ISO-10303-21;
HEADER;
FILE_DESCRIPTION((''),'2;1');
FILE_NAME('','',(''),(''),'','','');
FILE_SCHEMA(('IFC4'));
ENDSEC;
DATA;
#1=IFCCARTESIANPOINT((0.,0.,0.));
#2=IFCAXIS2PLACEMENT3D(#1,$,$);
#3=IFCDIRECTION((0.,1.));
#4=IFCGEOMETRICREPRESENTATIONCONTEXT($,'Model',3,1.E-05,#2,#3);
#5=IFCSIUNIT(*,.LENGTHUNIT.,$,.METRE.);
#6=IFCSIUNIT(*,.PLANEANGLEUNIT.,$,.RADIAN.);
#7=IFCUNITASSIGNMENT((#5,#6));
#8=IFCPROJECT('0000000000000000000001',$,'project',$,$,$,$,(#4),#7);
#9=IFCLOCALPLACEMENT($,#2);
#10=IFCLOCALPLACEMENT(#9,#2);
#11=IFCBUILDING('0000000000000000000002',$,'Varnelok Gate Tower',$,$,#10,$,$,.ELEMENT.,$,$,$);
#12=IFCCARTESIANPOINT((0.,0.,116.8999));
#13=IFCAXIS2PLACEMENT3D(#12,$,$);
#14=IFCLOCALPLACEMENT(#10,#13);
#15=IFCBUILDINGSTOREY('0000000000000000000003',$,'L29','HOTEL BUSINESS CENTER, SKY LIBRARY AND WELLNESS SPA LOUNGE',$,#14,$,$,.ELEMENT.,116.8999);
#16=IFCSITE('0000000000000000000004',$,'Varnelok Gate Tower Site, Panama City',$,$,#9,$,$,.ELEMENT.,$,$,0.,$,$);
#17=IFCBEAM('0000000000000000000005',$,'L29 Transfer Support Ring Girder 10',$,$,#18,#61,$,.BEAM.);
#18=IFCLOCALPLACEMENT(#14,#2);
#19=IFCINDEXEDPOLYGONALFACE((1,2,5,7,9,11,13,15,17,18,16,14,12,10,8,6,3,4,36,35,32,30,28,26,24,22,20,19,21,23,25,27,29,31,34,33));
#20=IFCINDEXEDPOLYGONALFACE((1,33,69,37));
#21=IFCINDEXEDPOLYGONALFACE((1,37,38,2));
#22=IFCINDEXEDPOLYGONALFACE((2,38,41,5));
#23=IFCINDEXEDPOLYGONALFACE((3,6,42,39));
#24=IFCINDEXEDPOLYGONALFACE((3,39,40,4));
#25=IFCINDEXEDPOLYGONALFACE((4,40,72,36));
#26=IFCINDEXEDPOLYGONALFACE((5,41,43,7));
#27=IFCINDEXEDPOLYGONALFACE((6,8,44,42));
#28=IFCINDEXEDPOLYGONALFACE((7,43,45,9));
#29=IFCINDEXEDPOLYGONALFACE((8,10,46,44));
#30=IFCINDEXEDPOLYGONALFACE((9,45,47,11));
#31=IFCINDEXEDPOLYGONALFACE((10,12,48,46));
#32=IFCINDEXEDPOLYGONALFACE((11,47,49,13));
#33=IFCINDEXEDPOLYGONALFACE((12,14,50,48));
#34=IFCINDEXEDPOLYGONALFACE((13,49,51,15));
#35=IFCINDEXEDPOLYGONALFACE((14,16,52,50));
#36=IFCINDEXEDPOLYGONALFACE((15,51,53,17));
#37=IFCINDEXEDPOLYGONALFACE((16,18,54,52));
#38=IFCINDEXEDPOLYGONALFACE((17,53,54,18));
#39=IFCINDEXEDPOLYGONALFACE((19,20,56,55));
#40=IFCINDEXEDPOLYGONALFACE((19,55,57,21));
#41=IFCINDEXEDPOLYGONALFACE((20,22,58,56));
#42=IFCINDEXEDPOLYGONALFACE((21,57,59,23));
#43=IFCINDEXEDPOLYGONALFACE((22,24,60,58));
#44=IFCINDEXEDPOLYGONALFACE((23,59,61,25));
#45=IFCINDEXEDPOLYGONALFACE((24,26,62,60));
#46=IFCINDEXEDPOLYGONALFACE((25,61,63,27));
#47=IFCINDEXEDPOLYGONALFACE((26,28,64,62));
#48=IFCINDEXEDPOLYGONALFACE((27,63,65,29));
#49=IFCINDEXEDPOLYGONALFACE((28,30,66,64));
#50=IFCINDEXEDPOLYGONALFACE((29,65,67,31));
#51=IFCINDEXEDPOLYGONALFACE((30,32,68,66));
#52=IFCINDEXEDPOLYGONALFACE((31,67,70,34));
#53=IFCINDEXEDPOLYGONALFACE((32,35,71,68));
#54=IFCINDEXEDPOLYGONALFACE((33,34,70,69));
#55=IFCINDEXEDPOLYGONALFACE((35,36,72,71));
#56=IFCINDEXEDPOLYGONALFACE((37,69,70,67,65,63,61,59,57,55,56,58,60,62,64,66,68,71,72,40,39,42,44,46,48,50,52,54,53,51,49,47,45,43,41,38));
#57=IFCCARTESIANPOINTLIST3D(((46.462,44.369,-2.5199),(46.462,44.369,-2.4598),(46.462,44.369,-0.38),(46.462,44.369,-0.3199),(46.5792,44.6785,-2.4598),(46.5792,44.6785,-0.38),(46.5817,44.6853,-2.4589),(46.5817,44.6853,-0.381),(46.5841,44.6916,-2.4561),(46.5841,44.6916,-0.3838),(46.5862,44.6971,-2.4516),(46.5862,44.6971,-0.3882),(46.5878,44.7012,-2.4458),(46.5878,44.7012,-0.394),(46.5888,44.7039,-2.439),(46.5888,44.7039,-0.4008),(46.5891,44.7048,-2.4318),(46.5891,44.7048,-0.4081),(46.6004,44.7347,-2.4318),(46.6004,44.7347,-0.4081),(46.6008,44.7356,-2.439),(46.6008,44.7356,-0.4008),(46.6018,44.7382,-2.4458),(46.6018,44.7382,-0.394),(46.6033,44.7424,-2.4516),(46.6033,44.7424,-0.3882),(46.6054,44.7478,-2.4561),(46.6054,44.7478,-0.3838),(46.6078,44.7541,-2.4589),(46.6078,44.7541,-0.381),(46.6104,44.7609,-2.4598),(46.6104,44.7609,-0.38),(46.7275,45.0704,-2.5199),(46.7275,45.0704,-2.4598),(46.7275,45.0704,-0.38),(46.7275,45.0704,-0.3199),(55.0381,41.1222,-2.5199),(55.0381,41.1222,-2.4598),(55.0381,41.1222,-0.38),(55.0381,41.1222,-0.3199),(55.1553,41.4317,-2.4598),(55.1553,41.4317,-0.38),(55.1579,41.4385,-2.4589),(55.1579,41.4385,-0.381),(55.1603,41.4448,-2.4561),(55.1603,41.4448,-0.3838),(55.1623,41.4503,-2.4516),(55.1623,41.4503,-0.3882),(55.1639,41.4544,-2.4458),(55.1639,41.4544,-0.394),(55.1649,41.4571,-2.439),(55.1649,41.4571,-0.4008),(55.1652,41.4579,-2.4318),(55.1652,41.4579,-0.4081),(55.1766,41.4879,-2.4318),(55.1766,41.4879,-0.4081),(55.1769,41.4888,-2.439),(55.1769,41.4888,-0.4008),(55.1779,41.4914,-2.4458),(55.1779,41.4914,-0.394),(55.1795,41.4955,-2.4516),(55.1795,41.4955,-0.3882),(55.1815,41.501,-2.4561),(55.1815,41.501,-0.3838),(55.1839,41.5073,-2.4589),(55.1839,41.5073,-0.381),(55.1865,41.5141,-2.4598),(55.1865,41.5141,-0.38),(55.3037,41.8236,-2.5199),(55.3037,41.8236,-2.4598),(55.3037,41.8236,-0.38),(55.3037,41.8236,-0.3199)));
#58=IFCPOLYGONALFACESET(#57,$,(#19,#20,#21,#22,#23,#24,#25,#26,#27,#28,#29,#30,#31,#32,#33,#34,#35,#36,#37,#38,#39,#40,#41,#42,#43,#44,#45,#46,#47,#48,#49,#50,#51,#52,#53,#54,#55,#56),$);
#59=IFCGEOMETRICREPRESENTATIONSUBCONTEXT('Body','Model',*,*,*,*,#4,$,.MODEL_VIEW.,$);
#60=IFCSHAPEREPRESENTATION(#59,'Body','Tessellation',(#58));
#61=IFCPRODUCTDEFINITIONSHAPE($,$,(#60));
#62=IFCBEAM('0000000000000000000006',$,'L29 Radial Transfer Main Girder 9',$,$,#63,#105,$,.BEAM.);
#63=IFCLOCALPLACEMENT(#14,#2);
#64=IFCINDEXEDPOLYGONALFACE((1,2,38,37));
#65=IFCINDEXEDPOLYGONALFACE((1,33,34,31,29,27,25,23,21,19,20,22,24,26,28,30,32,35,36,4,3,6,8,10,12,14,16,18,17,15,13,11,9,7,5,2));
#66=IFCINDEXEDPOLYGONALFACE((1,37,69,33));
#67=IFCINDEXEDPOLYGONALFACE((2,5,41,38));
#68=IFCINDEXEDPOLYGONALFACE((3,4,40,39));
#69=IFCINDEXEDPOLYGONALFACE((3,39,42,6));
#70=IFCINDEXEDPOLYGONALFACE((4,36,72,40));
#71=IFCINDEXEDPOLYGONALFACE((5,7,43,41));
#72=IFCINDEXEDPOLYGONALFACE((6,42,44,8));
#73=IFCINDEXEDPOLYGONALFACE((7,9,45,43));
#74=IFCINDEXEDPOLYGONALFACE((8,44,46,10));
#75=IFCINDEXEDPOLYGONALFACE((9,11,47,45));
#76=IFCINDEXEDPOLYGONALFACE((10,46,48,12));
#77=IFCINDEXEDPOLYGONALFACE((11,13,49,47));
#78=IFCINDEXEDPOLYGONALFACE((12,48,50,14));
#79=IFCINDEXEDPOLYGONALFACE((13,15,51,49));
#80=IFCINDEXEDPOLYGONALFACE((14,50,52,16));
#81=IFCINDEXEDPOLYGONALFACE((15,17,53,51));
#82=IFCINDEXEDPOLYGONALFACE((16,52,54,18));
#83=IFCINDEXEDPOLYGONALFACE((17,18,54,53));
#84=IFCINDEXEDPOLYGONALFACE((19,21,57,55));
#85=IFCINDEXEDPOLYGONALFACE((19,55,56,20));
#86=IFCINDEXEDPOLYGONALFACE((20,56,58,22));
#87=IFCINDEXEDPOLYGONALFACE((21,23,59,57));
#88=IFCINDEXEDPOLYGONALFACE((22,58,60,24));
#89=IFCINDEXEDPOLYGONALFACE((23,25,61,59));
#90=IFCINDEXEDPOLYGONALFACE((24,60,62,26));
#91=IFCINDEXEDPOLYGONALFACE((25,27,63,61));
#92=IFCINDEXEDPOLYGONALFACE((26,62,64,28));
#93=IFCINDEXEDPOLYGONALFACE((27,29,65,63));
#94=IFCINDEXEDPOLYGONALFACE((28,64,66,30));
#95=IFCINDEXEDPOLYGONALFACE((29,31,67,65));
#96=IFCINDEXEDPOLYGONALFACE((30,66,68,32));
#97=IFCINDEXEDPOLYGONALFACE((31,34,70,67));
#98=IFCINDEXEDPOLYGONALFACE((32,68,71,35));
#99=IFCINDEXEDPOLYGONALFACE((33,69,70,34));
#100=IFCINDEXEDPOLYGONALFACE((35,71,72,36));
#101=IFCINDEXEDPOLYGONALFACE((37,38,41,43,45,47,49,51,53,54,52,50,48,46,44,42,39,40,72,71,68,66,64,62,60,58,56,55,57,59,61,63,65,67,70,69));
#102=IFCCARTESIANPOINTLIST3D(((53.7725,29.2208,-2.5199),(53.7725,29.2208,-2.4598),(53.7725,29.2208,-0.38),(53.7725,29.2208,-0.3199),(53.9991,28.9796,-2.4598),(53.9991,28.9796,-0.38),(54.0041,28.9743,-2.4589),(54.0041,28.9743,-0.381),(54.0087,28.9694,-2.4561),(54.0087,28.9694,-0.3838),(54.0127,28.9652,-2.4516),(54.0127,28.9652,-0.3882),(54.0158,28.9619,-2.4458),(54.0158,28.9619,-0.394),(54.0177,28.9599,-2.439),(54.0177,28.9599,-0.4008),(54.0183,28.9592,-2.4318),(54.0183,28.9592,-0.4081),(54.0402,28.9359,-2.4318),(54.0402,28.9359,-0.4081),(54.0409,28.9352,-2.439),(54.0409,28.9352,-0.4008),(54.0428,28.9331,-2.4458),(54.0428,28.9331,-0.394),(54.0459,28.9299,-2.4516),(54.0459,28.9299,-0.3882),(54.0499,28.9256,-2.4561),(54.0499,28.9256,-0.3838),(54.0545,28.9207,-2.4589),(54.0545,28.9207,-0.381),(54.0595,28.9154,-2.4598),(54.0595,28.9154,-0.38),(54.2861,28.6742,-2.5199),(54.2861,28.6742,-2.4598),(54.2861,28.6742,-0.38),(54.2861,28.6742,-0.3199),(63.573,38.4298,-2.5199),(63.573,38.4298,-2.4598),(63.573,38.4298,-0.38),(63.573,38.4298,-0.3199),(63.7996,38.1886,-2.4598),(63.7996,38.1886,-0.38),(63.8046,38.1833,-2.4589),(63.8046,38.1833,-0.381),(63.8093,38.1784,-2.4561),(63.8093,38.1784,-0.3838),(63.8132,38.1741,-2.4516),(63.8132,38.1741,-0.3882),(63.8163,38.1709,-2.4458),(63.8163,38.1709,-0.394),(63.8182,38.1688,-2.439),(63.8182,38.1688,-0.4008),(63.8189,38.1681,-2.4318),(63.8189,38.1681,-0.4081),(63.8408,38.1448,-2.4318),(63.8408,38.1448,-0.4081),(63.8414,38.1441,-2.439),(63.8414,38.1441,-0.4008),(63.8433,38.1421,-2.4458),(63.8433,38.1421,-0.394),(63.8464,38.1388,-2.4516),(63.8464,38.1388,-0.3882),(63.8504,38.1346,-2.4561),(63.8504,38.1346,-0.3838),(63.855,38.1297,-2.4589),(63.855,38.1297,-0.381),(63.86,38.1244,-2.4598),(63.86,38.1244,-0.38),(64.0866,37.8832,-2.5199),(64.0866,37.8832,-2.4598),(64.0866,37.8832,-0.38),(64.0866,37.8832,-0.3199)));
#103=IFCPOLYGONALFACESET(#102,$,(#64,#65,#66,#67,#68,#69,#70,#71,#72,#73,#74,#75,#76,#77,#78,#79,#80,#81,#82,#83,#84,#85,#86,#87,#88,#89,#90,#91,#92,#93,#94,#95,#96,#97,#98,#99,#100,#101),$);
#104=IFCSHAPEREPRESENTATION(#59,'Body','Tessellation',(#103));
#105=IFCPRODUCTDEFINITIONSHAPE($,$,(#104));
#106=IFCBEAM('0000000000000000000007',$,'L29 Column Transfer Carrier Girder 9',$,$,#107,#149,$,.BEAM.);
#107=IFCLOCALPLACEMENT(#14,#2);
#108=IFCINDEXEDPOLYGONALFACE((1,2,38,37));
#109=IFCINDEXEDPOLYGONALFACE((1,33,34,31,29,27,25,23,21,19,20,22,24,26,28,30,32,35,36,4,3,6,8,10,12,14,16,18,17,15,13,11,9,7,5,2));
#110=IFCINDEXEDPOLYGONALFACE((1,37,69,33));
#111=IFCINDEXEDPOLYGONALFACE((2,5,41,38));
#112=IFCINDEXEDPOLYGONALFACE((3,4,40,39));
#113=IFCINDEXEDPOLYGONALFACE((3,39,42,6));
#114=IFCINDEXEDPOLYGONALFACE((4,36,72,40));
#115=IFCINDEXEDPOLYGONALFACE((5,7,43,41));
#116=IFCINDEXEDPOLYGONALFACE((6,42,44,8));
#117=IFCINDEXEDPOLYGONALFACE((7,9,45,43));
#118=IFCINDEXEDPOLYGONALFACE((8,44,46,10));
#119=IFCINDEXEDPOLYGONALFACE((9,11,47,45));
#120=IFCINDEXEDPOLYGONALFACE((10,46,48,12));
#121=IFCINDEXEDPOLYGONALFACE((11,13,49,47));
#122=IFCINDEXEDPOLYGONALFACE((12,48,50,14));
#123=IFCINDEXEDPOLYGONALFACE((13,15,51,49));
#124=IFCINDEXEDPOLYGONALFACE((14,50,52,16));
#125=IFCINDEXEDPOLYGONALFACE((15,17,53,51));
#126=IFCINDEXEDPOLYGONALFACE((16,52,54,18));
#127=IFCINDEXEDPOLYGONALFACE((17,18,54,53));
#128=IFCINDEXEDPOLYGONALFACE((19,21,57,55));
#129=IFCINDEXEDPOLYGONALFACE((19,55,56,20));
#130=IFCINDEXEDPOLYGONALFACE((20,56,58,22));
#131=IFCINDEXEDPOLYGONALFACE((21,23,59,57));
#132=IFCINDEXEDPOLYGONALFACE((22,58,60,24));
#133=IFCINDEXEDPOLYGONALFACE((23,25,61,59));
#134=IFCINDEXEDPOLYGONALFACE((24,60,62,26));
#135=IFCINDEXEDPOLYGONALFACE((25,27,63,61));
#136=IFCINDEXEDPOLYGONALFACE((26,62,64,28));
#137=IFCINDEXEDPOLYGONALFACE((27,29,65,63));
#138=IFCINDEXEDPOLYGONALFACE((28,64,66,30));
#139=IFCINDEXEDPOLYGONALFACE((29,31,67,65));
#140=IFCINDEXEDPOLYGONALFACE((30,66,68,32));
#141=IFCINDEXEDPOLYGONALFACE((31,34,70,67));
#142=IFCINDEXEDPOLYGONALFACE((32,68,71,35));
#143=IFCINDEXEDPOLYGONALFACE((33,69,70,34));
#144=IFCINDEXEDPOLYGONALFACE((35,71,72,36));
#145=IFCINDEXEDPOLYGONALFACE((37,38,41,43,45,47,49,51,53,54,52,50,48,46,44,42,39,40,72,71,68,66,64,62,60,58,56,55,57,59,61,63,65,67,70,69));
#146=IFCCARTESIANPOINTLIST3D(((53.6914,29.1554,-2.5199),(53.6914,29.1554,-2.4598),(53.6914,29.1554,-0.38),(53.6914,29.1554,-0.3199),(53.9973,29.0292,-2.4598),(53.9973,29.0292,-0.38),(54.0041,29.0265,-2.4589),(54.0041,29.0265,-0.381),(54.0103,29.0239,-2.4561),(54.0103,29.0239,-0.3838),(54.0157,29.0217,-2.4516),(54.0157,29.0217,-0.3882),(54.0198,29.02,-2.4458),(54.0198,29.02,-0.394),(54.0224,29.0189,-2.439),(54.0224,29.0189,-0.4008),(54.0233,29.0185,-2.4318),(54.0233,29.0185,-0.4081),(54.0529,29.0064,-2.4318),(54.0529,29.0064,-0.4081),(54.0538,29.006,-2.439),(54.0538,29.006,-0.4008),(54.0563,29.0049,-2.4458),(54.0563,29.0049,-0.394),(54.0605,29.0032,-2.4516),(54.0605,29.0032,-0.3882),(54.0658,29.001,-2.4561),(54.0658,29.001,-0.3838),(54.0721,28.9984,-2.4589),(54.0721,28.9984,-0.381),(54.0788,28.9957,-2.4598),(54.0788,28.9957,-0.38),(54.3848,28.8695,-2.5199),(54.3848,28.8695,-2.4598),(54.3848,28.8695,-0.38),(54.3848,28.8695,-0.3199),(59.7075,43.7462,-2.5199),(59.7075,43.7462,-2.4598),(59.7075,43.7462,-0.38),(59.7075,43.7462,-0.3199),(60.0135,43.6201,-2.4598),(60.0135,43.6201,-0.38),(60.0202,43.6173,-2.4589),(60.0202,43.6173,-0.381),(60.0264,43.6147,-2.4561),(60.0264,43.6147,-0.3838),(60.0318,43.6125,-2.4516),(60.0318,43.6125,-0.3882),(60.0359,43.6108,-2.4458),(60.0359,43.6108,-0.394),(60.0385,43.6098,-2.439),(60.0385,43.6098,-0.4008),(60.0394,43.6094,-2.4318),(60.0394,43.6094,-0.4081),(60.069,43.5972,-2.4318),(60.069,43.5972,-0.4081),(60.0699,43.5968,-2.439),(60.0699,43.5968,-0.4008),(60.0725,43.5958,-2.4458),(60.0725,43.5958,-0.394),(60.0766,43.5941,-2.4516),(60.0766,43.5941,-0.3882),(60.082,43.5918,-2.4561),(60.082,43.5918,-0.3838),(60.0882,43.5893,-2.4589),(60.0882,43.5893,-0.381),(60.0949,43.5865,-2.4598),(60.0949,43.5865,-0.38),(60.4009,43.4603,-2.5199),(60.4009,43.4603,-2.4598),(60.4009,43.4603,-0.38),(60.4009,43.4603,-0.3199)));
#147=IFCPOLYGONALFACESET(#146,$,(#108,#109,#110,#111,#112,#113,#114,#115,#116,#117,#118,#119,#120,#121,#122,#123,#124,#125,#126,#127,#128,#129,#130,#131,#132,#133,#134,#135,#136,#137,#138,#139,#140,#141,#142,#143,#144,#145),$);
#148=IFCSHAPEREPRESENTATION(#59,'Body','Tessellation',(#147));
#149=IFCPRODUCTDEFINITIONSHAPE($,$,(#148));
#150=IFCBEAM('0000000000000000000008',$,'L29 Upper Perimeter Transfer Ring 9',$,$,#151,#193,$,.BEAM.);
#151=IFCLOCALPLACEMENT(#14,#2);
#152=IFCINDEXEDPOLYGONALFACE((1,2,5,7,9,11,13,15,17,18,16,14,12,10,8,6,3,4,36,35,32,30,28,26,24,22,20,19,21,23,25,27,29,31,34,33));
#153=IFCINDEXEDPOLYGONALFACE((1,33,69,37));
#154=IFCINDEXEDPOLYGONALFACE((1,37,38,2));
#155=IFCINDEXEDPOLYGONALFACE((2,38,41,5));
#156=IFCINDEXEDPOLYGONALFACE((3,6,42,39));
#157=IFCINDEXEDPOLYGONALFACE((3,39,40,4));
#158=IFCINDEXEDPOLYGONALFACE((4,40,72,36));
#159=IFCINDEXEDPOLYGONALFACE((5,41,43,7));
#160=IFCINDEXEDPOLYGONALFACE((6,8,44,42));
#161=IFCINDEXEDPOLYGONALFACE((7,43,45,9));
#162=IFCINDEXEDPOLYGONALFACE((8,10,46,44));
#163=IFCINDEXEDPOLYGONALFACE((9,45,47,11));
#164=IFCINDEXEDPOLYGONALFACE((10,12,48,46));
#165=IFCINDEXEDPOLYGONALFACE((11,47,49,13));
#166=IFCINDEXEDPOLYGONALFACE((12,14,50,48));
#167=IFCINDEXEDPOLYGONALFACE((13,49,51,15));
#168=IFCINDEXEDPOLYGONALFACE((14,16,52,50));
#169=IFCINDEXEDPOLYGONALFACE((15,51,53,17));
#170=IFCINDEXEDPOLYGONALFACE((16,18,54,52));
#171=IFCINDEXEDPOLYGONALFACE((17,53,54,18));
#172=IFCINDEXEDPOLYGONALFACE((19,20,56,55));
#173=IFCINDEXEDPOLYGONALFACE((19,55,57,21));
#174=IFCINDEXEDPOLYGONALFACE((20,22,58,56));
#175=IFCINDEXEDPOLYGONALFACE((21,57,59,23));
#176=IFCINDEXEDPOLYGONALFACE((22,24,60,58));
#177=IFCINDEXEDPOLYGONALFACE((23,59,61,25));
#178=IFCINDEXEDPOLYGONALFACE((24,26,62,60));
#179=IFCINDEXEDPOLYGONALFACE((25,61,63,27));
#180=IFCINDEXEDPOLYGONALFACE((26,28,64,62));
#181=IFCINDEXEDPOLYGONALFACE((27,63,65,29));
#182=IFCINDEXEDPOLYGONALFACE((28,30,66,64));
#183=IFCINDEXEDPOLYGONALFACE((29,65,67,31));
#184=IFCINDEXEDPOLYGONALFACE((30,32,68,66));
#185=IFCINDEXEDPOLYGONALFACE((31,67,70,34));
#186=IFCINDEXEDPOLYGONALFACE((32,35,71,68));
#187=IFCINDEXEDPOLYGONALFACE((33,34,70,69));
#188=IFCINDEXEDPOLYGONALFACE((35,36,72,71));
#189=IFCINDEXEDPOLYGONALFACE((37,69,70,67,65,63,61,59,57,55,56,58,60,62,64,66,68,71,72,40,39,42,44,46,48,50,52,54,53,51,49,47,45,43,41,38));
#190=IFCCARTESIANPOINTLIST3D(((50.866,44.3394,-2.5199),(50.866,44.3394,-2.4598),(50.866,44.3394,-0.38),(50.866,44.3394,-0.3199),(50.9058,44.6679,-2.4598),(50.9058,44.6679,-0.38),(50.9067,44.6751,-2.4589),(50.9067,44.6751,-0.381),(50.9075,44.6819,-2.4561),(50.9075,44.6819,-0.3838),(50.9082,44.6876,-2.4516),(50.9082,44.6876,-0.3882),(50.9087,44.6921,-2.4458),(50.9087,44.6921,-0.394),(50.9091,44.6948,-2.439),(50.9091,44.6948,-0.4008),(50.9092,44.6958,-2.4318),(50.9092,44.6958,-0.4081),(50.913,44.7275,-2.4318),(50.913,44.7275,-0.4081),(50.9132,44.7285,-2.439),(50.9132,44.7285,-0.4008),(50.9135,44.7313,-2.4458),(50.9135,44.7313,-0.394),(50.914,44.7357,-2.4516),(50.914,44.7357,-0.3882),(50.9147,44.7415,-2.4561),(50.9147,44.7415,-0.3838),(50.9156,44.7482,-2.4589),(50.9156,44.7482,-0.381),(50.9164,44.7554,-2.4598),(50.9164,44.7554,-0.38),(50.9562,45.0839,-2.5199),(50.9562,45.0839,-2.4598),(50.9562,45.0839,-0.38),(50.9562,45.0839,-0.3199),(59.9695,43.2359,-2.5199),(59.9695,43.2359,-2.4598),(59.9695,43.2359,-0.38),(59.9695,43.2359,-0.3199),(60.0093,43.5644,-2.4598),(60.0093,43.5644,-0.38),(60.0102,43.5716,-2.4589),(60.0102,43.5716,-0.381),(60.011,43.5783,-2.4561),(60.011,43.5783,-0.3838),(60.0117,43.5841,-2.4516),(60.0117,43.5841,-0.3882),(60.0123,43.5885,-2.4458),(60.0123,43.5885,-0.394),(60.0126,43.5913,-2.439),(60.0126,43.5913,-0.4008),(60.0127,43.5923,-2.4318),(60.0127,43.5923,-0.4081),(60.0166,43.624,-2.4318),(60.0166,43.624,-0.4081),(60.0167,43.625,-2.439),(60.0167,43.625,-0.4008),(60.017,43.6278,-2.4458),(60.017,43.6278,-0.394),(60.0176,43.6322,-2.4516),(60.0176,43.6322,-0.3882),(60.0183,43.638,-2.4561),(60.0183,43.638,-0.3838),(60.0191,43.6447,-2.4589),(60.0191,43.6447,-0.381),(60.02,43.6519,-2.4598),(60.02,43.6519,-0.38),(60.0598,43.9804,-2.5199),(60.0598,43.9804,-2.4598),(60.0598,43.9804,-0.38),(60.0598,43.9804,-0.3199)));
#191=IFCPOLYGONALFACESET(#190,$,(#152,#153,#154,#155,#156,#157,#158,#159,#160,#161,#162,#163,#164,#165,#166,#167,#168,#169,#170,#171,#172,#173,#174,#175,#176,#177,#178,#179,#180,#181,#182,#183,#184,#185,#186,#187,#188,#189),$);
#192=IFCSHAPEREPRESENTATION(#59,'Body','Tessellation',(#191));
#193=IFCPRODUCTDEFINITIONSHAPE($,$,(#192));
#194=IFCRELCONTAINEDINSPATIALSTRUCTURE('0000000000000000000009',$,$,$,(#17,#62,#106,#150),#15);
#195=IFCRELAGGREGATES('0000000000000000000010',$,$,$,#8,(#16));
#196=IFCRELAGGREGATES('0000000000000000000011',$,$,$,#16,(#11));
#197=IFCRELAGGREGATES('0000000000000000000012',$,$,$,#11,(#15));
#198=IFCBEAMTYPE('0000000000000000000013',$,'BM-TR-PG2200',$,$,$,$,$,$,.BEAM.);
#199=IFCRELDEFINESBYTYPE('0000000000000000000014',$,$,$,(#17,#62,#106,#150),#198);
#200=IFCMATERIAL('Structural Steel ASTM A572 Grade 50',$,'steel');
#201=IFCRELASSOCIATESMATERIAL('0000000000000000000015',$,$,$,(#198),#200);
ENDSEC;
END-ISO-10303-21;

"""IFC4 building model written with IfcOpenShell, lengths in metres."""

from ifc_helpers import new_model, si_unit, direction, frame, origin, origin_2d, place, context, subcontext, project, spatial, i_section, extrude, material, material_profile, profile_set, type_object, element, save


model = new_model("IFC4")

# Units and contexts
model_context = context("Model", 3, precision=1e-05, world=origin(), true_north=direction((0.0, 1.0)))
body_context = subcontext(model_context, "Body", "Model", "MODEL_VIEW")
ifc_project = project(units=[si_unit("LENGTHUNIT", "METRE"), si_unit("PLANEANGLEUNIT", "RADIAN")], contexts=[model_context])

# Site, building, storey
site_placement = place(None, origin())
site = spatial("IfcSite", under=ifc_project, at=site_placement, Name="Varnelok Gate Tower Site, Panama City", CompositionType="ELEMENT", RefElevation=0.0)
building_placement = place(site_placement, origin())
building = spatial("IfcBuilding", under=site, at=building_placement, Name="Varnelok Gate Tower", CompositionType="ELEMENT")
storey_placement = place(building_placement, frame((0.0, 0.0, 116.8999)))
storey = spatial("IfcBuildingStorey", under=building, at=storey_placement, Name="L29", Description="HOTEL BUSINESS CENTER, SKY LIBRARY AND WELLNESS SPA LOUNGE", CompositionType="ELEMENT", Elevation=116.8999)

# Beams
ifc_material_1 = material(Name="Structural Steel ASTM A572 Grade 50", Category="steel")
ifc_material_profile_1 = material_profile(ifc_material_1, i_section(OverallWidth=0.75, OverallDepth=2.2, WebThickness=0.032, FlangeThickness=0.0601, FilletRadius=0.0281, at=origin_2d()), Name="PG2200X750")
ifc_profile_set_1 = profile_set([ifc_material_profile_1], Name="Structural Steel ASTM A572 Grade 50")
beam_type_1 = type_object("IfcBeamType", Name="BM-TR-PG2200", PredefinedType="BEAM", material=ifc_profile_set_1)
beam_1_placement = place(storey_placement, frame((55.1709, 41.4729, -1.4199), z_axis=(-0.935222, 0.354063, 0.0), x_axis=(-0.354063, -0.935222, 0.0)))
element("IfcBeam", 1, at=beam_1_placement, inside=storey, type_object=beam_type_1, Name="L29 Transfer Support Ring Girder 10", PredefinedType="BEAM", context=body_context, shape_type="SweptSolid", body=[
    extrude(i_section(OverallWidth=0.75, OverallDepth=2.2, WebThickness=0.032, FlangeThickness=0.0601, FilletRadius=0.0281, at=origin_2d()), origin(), (0.0, 0.0, 1.0), 9.1702),
])
beam_2_placement = place(storey_placement, frame((54.0293, 28.9475, -1.4199), z_axis=(0.728758, 0.684771, 0.0), x_axis=(-0.684771, 0.728758, 0.0)))
element("IfcBeam", 2, at=beam_2_placement, inside=storey, type_object=beam_type_1, Name="L29 Radial Transfer Main Girder 9", PredefinedType="BEAM", context=body_context, shape_type="SweptSolid", body=[
    extrude(i_section(OverallWidth=0.75, OverallDepth=2.2, WebThickness=0.032, FlangeThickness=0.0601, FilletRadius=0.0281, at=origin_2d()), origin(), (0.0, 0.0, 1.0), 13.4482),
])
beam_3_placement = place(storey_placement, frame((54.0381, 29.0125, -1.4199), z_axis=(0.38119, 0.924497, 0.0), x_axis=(-0.924497, 0.38119, 0.0)))
element("IfcBeam", 3, at=beam_3_placement, inside=storey, type_object=beam_type_1, Name="L29 Column Transfer Carrier Girder 9", PredefinedType="BEAM", context=body_context, shape_type="SweptSolid", body=[
    extrude(i_section(OverallWidth=0.75, OverallDepth=2.2, WebThickness=0.032, FlangeThickness=0.0601, FilletRadius=0.0281, at=origin_2d()), origin(), (0.0, 0.0, 1.0), 15.7825),
])
beam_4_placement = place(storey_placement, frame((60.0146, 43.6082, -1.4199), z_axis=(-0.992733, 0.120338, 0.0), x_axis=(-0.120338, -0.992733, 0.0)))
element("IfcBeam", 4, at=beam_4_placement, inside=storey, type_object=beam_type_1, Name="L29 Upper Perimeter Transfer Ring 9", PredefinedType="BEAM", context=body_context, shape_type="SweptSolid", body=[
    extrude(i_section(OverallWidth=0.75, OverallDepth=2.2, WebThickness=0.032, FlangeThickness=0.0601, FilletRadius=0.0281, at=origin_2d()), origin(), (0.0, 0.0, 1.0), 9.1702),
])

save(model, "model.ifc")
